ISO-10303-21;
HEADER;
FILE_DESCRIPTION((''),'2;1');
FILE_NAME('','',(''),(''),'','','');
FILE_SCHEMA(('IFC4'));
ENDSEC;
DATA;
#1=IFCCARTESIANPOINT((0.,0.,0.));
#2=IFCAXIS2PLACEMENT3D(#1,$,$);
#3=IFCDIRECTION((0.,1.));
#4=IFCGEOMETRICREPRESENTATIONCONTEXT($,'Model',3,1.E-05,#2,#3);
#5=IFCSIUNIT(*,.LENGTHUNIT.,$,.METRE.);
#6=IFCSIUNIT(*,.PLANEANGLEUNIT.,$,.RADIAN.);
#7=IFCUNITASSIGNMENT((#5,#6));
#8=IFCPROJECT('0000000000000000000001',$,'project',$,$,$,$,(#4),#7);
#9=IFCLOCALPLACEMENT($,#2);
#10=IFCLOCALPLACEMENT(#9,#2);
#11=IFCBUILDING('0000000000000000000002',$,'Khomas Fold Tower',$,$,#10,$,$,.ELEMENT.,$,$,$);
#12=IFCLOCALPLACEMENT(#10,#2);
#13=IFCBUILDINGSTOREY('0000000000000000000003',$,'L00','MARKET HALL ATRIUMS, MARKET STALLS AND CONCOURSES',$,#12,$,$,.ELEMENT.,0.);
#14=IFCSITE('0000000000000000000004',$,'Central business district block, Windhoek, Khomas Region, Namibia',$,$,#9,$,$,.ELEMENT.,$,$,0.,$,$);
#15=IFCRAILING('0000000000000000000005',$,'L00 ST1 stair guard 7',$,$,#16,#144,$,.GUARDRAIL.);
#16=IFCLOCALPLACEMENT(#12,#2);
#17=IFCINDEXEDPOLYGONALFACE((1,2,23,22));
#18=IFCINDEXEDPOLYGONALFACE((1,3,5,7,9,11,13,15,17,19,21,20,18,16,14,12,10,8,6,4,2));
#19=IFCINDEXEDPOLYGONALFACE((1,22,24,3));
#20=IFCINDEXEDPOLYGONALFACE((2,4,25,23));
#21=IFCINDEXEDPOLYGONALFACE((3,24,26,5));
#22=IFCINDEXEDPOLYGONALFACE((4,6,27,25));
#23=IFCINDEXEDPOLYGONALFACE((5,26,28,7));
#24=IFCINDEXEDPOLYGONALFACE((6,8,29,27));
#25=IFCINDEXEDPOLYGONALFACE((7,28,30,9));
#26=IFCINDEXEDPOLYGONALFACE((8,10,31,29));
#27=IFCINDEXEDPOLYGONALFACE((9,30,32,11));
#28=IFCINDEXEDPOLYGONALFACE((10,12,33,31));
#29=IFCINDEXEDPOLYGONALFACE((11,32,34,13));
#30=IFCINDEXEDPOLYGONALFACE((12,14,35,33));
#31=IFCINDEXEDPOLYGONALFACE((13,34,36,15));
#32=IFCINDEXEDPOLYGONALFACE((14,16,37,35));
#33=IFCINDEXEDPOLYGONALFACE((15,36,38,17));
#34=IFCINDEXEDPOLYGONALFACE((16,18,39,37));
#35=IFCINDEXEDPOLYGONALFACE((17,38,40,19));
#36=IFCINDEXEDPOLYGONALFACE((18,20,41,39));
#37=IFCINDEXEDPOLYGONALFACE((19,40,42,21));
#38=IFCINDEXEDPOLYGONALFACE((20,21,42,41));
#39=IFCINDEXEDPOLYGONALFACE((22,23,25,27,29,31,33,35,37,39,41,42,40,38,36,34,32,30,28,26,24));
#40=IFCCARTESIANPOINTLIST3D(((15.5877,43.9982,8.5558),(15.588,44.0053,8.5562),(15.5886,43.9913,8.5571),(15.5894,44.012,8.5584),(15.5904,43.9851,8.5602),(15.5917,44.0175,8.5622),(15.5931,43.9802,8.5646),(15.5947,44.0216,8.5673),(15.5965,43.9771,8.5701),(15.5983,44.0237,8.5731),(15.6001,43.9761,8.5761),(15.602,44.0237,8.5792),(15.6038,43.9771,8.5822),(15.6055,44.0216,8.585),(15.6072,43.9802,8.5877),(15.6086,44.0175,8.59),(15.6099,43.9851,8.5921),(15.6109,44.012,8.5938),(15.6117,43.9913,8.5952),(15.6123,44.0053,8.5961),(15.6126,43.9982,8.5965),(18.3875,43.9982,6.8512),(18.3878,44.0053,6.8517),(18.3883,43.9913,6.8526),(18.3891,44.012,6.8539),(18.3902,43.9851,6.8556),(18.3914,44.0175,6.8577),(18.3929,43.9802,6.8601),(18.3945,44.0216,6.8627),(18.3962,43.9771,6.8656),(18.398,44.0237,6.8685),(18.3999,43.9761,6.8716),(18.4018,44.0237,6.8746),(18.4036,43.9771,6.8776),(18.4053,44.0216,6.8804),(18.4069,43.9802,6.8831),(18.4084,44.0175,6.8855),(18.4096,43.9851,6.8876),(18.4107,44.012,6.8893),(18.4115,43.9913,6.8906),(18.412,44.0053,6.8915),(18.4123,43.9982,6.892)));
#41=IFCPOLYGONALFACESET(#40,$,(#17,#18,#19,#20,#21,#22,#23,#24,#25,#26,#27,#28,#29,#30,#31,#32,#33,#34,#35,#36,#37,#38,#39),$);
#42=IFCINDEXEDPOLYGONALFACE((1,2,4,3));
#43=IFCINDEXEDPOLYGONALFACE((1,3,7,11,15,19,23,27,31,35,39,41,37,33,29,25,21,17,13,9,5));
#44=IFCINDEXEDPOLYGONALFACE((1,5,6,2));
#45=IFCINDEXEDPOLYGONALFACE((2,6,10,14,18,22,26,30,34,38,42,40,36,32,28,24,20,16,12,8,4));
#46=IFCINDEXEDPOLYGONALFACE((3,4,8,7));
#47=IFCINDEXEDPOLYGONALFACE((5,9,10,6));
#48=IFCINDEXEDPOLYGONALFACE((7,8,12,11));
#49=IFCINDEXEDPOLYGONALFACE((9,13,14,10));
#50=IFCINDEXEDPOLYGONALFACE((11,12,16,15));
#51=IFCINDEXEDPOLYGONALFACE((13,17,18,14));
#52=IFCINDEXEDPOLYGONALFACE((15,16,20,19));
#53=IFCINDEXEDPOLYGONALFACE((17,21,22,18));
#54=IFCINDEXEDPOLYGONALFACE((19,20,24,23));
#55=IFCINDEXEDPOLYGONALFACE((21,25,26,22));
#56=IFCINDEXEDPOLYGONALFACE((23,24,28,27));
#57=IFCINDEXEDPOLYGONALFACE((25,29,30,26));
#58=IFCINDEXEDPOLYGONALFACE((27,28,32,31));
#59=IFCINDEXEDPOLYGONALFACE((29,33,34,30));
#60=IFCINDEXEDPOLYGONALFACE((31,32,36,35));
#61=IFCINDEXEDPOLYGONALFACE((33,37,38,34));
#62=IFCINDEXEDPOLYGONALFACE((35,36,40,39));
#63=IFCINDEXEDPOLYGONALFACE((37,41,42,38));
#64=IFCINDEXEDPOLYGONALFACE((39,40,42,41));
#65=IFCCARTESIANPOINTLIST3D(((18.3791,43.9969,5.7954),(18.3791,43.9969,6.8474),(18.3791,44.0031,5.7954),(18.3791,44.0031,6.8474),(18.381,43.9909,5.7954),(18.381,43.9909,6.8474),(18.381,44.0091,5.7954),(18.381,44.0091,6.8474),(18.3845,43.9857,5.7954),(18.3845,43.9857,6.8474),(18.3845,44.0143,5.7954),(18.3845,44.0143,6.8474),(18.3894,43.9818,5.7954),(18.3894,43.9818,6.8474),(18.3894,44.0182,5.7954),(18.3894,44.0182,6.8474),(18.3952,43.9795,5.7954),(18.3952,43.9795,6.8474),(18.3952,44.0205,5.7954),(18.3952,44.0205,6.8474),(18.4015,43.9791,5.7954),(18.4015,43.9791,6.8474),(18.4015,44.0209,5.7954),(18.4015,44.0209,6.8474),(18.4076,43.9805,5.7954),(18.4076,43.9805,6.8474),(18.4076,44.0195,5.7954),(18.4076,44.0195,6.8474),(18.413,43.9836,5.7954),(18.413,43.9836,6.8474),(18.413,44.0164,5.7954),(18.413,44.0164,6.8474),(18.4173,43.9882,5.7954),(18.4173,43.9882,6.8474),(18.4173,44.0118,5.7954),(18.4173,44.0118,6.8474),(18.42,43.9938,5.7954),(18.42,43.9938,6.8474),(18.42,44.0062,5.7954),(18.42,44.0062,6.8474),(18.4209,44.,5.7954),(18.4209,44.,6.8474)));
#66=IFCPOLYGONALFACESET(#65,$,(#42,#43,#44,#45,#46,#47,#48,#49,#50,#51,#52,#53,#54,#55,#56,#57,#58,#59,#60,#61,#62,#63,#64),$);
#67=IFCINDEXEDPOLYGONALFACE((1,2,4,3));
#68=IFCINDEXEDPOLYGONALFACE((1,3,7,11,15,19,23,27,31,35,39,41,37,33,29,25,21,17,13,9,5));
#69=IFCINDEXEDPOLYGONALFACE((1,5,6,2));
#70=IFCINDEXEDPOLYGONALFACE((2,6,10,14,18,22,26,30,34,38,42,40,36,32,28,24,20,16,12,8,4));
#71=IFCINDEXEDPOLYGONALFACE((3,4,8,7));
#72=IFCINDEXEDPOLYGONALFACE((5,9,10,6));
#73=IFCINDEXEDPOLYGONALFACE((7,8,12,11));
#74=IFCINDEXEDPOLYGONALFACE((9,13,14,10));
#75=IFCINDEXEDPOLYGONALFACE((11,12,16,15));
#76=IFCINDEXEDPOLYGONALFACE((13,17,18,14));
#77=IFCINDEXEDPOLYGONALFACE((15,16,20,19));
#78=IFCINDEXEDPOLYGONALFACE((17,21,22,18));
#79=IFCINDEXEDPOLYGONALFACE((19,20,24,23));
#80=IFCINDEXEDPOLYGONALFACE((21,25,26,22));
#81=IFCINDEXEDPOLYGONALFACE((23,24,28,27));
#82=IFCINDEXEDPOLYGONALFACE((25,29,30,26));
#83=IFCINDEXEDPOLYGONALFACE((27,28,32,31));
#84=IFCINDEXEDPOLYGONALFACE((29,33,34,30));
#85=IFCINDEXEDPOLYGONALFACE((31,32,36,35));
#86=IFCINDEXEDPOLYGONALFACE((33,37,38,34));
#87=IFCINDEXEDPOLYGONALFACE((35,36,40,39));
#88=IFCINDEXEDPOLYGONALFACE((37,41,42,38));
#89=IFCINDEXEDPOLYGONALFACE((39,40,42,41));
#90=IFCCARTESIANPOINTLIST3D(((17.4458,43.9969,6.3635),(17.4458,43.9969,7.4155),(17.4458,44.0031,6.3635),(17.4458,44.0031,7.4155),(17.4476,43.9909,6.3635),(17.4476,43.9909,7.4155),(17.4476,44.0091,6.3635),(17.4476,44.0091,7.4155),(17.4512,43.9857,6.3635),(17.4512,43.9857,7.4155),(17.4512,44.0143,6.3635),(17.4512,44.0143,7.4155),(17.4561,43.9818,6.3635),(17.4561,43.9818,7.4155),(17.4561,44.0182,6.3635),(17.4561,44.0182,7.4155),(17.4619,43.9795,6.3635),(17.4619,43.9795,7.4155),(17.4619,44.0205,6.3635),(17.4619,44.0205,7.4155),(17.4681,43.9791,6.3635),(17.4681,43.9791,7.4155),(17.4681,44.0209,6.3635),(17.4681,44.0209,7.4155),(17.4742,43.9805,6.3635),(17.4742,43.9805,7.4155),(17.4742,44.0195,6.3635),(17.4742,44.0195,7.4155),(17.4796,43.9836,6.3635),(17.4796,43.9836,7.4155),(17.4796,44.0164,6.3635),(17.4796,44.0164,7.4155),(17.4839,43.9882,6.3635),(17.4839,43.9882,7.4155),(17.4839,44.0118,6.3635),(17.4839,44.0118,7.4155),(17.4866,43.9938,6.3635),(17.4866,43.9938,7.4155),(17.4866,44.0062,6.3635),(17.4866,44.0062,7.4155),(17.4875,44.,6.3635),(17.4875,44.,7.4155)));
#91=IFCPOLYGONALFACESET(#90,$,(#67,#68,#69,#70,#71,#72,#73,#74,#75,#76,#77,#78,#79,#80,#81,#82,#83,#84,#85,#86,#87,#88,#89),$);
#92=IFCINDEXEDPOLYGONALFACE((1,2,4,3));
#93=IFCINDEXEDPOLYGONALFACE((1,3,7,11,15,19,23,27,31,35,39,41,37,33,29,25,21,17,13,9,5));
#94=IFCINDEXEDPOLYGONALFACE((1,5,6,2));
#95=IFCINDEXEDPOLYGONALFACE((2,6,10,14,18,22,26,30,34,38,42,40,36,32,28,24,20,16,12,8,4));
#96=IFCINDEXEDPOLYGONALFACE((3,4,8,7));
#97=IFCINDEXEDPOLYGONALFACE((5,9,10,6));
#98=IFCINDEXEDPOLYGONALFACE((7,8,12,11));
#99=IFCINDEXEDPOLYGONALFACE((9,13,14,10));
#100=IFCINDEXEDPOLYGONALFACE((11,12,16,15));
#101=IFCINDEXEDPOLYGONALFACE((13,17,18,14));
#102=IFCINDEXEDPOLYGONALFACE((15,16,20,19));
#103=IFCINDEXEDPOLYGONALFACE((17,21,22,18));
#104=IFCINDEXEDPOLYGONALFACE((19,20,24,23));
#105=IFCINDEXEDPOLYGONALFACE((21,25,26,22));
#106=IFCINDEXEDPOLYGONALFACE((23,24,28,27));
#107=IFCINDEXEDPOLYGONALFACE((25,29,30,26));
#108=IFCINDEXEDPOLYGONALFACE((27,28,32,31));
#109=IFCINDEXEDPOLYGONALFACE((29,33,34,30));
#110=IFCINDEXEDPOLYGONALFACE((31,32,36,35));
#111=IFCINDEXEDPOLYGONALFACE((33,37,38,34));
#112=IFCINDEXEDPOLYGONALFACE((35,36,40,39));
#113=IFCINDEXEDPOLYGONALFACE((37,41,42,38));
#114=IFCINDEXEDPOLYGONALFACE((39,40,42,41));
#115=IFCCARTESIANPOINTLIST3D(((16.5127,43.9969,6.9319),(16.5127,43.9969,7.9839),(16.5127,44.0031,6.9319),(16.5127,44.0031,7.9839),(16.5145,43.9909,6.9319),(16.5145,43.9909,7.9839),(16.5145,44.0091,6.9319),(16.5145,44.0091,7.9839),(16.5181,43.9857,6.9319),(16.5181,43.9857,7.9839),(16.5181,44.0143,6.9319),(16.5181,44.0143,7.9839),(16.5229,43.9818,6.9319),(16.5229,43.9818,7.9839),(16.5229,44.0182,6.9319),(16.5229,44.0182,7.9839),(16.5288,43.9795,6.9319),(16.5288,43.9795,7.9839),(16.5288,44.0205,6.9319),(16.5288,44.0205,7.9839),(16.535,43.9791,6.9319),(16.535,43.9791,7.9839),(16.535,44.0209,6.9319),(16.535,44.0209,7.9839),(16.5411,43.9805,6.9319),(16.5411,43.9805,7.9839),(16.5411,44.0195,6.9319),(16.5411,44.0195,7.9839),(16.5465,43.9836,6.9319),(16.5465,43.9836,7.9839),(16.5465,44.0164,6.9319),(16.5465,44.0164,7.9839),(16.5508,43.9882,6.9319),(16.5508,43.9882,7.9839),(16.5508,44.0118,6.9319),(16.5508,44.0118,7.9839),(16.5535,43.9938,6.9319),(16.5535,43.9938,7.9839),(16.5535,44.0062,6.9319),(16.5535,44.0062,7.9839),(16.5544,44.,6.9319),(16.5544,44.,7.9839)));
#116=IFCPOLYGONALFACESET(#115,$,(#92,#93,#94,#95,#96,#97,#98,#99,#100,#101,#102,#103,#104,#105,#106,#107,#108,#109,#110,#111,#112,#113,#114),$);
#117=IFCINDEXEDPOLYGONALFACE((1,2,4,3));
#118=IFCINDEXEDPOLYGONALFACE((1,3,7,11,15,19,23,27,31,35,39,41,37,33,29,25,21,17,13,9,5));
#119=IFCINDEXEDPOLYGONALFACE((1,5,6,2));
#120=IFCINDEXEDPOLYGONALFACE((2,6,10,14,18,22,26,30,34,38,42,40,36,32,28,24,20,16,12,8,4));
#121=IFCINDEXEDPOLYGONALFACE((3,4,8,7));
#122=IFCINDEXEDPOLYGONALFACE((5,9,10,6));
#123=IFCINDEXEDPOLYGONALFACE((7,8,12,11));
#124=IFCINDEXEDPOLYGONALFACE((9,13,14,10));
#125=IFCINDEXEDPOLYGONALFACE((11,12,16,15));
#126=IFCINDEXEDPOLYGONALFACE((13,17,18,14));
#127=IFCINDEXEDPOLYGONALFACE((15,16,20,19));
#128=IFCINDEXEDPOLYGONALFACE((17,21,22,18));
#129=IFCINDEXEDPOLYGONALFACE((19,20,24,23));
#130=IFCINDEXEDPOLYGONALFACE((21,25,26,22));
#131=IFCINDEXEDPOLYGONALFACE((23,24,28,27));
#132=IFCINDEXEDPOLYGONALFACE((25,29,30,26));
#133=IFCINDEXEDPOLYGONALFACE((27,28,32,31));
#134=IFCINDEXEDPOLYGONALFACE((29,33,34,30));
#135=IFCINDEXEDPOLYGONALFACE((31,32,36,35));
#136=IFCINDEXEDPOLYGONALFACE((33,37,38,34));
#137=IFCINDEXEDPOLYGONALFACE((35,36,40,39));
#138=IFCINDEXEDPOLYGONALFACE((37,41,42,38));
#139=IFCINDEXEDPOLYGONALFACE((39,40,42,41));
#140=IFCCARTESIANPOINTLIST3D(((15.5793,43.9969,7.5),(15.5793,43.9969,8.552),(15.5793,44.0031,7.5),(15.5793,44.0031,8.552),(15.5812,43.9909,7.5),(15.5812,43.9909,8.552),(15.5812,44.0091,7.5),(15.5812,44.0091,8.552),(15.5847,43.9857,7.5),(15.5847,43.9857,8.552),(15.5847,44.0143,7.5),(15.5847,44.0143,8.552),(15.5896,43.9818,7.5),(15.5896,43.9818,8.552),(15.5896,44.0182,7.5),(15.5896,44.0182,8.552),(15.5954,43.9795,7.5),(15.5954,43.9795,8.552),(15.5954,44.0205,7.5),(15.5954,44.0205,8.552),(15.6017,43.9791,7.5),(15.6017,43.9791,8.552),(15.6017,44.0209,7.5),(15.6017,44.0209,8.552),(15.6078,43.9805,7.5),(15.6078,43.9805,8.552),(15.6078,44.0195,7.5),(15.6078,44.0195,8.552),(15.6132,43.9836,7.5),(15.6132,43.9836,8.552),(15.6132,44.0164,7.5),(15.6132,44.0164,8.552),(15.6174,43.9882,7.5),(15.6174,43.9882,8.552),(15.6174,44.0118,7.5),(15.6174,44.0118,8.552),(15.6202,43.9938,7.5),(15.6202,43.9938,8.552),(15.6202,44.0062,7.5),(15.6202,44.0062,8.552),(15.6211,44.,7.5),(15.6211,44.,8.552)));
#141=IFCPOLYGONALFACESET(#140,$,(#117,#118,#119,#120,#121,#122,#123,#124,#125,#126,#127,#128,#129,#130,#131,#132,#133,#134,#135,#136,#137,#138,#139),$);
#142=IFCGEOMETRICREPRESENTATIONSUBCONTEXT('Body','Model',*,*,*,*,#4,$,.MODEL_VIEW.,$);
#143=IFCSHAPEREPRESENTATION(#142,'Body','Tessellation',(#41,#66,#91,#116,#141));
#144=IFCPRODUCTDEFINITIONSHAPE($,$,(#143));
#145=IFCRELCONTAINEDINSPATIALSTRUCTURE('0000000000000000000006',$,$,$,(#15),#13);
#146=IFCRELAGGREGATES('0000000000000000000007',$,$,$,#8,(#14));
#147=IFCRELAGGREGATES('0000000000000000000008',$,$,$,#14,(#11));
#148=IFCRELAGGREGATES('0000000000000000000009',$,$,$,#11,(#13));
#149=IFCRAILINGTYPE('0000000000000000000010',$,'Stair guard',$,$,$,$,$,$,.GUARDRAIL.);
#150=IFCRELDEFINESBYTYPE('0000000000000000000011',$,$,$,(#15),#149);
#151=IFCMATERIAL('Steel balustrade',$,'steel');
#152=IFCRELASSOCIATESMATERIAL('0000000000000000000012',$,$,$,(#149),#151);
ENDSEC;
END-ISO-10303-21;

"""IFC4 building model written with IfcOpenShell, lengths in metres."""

from ifc_helpers import new_model, si_unit, direction, frame, origin, origin_2d, place, context, subcontext, project, spatial, circle, extrude, source, transform, mapped, material, type_object, element, save


model = new_model("IFC4")

# Units and contexts
model_context = context("Model", 3, precision=1e-05, world=origin(), true_north=direction((0.0, 1.0)))
body_context = subcontext(model_context, "Body", "Model", "MODEL_VIEW")
ifc_project = project(units=[si_unit("LENGTHUNIT", "METRE"), si_unit("PLANEANGLEUNIT", "RADIAN")], contexts=[model_context])

# Site, building, storey
site_placement = place(None, origin())
site = spatial("IfcSite", under=ifc_project, at=site_placement, Name="Central business district block, Windhoek, Khomas Region, Namibia", CompositionType="ELEMENT", RefElevation=0.0)
building_placement = place(site_placement, origin())
building = spatial("IfcBuilding", under=site, at=building_placement, Name="Khomas Fold Tower", CompositionType="ELEMENT")
storey_placement = place(building_placement, origin())
storey = spatial("IfcBuildingStorey", under=building, at=storey_placement, Name="L00", Description="MARKET HALL ATRIUMS, MARKET STALLS AND CONCOURSES", CompositionType="ELEMENT", Elevation=0.0)

# Railing
ifc_material_1 = material(Name="Steel balustrade", Category="steel")
railing_type_1 = type_object("IfcRailingType", Name="Stair guard", PredefinedType="GUARDRAIL", material=ifc_material_1)
shared_shape_1 = source(origin(), body_context, "Body", "SweptSolid", [
    extrude(circle(Radius=0.0239, at=origin_2d()), frame((0.0, 0.0, 1.0762), z_axis=(-0.85415, 0.0, 0.520027), x_axis=(0.0, -1.0, 0.0)), (0.0, 0.0, 1.0), 3.2778),
    extrude(circle(Radius=0.021, at=origin_2d()), origin(), (0.0, 0.0, 1.0), 1.052),
    extrude(circle(Radius=0.021, at=origin_2d()), frame((-0.9333, 0.0, 0.5681)), (0.0, 0.0, 1.0), 1.052),
    extrude(circle(Radius=0.021, at=origin_2d()), frame((-1.8665, 0.0, 1.1365)), (0.0, 0.0, 1.0), 1.052),
    extrude(circle(Radius=0.021, at=origin_2d()), frame((-2.7998, 0.0, 1.7046)), (0.0, 0.0, 1.0), 1.052),
])
for number, where, name in (
    (1, (18.3999, 44.0, 5.7954), "L00 ST1 stair guard 7"),
):
    element("IfcRailing", number, at=place(storey_placement, frame(where)), inside=storey, type_object=railing_type_1, Name=name, PredefinedType="GUARDRAIL", context=body_context, shape_type="MappedRepresentation", body=[
        mapped(shared_shape_1, transform((0.0, 0.0, 0.0))),
    ])

save(model, "model.ifc")
